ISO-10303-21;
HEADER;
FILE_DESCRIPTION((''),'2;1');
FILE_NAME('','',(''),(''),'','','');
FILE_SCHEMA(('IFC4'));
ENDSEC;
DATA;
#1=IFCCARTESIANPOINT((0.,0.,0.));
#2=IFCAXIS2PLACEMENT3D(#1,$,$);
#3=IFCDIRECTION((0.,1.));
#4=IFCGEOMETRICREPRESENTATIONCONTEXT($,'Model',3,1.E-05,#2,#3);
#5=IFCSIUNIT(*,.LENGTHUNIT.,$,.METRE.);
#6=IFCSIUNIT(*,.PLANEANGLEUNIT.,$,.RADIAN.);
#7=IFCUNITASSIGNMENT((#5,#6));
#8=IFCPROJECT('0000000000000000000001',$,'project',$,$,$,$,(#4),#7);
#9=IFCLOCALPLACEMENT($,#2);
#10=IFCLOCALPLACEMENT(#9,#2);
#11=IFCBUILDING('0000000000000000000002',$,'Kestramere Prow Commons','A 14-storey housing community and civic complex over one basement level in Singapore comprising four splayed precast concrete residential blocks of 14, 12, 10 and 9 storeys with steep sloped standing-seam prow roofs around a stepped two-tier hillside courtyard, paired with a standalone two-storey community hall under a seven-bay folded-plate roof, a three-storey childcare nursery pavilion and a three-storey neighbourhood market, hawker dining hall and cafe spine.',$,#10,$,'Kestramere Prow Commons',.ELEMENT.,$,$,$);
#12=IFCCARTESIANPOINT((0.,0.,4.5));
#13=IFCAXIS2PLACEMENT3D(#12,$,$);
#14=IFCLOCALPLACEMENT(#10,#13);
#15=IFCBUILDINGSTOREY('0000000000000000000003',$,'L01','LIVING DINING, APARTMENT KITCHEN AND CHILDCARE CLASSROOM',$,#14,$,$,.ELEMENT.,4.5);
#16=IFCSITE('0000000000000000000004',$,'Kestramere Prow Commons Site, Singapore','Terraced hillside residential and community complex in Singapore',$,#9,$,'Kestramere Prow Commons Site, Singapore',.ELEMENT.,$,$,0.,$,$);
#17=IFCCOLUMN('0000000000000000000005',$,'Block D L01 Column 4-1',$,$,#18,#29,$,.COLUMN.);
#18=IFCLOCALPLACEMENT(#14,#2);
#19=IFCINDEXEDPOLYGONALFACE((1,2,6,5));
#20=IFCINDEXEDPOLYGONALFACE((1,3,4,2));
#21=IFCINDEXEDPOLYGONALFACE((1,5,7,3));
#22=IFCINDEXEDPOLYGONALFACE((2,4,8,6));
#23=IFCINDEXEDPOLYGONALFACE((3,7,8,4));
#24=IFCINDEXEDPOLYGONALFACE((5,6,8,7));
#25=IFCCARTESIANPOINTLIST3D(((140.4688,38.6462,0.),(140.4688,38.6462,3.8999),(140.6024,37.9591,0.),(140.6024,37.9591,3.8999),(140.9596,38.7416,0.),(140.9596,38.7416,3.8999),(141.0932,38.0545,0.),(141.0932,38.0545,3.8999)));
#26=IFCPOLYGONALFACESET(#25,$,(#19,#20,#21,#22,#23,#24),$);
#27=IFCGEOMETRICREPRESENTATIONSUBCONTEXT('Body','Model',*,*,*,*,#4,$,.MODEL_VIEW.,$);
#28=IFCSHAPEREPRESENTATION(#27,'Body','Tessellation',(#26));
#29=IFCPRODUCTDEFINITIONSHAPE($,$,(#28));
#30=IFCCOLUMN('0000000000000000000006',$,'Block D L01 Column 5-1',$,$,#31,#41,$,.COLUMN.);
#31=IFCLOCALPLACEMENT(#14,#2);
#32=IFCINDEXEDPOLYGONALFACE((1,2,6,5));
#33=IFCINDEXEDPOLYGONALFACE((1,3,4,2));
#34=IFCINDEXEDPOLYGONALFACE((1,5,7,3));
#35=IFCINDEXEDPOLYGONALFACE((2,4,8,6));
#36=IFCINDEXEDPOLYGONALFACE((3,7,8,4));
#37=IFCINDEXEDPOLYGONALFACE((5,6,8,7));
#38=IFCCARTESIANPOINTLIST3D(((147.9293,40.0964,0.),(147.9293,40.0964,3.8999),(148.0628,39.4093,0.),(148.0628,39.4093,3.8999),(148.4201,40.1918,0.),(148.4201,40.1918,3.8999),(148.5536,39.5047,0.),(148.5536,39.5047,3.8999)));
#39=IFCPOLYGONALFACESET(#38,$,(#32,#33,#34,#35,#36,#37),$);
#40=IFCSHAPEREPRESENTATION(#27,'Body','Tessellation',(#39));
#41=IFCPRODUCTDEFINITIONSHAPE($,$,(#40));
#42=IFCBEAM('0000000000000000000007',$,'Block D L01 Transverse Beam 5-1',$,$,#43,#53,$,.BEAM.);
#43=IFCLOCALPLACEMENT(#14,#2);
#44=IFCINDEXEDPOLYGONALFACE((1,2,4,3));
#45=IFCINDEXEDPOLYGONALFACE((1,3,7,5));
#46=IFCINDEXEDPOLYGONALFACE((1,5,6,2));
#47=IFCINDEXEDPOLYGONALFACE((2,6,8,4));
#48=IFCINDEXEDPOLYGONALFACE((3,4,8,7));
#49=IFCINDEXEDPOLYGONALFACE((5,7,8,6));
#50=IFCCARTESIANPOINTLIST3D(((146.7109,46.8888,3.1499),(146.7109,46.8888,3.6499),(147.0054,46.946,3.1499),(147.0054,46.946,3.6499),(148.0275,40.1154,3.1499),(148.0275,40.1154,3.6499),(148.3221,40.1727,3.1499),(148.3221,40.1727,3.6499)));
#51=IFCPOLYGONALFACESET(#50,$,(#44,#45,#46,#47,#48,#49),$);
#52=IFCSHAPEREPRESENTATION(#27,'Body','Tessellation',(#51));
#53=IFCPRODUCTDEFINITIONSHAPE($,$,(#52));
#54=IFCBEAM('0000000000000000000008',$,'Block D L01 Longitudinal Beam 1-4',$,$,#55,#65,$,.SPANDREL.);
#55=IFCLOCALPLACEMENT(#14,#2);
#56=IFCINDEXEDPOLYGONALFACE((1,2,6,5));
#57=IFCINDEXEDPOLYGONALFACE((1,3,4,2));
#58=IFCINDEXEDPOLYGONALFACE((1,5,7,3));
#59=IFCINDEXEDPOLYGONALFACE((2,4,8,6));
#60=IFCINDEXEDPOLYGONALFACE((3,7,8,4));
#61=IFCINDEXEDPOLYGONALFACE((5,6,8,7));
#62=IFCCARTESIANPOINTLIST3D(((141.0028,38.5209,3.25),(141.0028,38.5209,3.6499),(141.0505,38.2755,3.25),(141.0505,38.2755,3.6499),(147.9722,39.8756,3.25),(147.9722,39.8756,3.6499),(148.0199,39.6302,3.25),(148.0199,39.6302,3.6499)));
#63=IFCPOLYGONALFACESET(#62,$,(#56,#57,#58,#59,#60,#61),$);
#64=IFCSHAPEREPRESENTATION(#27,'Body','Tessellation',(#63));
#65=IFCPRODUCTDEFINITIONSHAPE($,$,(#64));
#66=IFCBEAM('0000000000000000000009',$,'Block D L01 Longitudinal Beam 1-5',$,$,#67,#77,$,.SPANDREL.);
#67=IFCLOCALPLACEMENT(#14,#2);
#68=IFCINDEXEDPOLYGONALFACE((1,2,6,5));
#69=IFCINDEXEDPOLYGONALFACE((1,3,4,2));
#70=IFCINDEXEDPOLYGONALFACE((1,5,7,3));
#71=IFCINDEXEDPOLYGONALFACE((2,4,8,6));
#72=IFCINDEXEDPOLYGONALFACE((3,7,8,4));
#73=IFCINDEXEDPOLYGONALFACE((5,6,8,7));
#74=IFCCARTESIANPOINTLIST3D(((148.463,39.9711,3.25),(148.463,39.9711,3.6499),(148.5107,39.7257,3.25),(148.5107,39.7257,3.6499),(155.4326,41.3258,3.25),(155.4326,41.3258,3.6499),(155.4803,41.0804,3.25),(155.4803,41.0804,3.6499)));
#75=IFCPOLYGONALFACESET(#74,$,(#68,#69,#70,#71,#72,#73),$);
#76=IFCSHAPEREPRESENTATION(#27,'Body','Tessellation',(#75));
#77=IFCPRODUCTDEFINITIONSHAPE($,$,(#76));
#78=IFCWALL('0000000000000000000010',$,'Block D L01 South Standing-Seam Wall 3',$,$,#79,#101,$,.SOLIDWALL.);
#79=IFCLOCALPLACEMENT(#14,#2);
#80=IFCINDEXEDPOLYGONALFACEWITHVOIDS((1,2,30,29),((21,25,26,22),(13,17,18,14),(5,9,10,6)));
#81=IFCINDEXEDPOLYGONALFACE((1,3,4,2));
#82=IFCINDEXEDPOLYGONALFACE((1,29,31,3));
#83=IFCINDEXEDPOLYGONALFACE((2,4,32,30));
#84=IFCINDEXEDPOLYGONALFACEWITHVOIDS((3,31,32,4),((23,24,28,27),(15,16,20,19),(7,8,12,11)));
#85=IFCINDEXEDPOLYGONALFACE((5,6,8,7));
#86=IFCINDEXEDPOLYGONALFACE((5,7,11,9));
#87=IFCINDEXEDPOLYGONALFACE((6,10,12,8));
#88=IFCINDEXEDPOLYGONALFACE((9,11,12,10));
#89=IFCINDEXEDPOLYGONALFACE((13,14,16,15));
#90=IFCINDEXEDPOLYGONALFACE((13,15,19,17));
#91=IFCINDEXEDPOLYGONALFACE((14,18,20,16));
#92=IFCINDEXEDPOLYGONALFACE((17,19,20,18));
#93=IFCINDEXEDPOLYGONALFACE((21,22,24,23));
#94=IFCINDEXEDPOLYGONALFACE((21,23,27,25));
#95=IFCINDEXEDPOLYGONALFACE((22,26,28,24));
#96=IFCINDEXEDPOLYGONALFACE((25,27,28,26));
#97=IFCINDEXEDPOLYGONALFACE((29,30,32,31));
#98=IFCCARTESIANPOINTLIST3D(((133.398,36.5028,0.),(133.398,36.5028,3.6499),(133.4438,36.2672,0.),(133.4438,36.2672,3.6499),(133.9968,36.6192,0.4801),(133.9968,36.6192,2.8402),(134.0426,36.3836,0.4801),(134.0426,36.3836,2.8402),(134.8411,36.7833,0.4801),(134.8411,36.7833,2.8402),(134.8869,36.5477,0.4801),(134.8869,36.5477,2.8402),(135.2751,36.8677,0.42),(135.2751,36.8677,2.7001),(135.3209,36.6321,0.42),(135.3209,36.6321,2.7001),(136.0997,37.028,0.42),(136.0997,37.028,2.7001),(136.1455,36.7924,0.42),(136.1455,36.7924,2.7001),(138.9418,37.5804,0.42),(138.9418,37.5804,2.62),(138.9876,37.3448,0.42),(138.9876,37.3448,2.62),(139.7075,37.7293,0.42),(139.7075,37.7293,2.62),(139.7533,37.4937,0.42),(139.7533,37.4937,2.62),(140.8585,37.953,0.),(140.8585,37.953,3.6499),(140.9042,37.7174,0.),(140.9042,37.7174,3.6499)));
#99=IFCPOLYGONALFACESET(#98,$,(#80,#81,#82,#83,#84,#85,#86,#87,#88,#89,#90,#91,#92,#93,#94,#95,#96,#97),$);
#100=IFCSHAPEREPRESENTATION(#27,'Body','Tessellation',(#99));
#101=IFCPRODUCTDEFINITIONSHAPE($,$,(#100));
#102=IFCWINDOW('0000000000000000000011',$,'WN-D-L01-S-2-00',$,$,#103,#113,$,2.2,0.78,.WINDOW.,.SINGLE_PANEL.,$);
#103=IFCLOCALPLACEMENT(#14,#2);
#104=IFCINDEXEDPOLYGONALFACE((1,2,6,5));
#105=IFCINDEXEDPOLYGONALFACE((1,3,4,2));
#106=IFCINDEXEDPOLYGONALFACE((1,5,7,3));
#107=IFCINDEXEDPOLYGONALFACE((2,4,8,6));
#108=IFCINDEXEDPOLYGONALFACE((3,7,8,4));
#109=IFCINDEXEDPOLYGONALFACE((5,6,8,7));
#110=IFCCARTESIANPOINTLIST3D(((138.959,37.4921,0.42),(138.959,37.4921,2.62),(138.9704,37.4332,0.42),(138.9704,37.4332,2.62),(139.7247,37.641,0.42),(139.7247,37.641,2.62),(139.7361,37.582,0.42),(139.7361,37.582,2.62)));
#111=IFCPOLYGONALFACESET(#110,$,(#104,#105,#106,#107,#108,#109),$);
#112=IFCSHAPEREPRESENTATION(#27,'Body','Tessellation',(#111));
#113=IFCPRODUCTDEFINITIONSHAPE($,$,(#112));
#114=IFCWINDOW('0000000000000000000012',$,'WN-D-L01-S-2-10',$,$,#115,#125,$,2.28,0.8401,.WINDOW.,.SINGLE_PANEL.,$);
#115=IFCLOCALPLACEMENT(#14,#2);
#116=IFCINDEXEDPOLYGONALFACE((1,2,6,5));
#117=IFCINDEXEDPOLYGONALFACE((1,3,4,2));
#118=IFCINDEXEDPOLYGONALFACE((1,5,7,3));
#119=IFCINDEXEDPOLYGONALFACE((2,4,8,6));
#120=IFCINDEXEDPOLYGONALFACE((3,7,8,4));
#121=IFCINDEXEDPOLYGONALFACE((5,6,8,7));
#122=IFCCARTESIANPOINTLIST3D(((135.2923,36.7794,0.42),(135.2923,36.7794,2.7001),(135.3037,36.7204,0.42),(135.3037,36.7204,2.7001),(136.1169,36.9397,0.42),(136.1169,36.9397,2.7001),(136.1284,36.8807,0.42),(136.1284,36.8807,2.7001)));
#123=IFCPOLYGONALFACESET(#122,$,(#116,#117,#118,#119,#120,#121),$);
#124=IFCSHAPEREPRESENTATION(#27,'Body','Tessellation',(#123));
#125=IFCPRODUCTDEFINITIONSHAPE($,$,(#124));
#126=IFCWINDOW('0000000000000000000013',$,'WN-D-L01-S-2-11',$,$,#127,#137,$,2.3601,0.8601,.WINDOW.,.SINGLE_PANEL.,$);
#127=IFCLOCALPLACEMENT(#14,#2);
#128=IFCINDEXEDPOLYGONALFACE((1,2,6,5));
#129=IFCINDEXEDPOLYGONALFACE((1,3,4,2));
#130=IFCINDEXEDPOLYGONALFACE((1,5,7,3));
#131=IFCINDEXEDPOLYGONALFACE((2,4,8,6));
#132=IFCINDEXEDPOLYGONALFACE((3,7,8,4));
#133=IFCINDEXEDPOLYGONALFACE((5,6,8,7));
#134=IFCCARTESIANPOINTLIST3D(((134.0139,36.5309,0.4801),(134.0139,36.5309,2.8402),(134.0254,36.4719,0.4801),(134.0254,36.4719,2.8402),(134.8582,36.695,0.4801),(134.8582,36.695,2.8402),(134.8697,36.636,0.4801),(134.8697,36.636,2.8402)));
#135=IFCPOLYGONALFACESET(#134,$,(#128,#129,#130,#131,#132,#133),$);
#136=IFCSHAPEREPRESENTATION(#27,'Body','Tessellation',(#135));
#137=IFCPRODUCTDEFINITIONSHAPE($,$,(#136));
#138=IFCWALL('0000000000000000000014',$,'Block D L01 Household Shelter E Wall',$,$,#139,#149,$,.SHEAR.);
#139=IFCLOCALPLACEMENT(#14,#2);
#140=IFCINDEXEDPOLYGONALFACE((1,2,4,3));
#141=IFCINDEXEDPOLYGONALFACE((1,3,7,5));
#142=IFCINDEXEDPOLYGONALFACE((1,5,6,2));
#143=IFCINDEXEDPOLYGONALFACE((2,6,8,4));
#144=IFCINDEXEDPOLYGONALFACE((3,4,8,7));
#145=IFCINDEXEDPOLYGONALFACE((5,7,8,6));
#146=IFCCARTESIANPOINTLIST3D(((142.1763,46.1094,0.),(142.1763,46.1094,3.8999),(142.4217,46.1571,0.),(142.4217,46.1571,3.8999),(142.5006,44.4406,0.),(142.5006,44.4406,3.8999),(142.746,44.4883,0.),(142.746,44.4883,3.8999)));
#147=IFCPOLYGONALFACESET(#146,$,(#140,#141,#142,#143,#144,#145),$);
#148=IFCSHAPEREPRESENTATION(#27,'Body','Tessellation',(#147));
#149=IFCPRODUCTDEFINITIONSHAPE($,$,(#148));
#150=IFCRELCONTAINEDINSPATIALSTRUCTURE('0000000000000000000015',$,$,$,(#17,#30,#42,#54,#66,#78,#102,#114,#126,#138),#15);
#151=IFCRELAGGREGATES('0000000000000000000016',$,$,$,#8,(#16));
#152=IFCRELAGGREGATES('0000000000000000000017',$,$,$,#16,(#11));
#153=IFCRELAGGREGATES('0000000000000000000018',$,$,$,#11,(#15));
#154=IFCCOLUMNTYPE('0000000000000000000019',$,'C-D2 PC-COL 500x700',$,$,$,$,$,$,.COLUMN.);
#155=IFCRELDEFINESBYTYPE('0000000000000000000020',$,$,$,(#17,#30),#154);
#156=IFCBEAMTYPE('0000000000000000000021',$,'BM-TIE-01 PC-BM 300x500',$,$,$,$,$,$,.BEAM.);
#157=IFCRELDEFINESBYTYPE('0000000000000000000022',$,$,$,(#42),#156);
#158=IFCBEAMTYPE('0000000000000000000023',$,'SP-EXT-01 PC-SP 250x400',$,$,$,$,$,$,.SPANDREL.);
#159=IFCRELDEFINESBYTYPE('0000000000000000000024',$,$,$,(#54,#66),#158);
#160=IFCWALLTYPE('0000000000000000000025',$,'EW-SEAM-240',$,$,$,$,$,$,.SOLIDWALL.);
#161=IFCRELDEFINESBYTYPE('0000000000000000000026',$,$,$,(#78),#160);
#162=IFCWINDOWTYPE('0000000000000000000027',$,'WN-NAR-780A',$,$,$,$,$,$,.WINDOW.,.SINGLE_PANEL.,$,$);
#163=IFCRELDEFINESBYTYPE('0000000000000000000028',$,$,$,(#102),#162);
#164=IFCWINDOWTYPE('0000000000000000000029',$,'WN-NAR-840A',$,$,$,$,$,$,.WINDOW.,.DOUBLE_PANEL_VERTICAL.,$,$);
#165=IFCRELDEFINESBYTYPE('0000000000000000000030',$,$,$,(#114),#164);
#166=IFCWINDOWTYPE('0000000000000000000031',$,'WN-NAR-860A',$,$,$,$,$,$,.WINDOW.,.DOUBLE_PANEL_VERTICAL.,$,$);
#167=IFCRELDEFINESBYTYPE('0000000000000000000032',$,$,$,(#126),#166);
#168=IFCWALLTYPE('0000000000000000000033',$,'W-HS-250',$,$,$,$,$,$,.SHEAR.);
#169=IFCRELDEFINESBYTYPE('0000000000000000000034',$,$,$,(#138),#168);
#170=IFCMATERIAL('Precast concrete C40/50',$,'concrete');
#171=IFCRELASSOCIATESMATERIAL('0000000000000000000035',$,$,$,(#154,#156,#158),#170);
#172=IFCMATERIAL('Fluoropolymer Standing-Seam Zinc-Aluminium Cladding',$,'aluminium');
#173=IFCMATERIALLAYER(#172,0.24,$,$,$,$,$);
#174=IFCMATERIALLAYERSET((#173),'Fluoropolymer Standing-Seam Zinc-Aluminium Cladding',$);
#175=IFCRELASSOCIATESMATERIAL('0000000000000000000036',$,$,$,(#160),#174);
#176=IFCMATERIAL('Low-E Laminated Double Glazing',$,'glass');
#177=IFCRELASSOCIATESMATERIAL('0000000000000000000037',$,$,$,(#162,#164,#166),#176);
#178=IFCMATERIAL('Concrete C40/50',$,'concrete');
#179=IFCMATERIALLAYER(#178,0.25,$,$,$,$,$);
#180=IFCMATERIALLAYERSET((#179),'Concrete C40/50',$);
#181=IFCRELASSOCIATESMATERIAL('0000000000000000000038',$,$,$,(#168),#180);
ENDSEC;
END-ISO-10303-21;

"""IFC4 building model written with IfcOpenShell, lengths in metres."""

from ifc_helpers import new_model, si_unit, direction, frame, frame_2d, origin, origin_2d, place, context, subcontext, project, spatial, rectangle, extrude, material, layer, layer_set, material_profile, profile_set, type_object, element, fill, save


model = new_model("IFC4")

# Units and contexts
model_context = context("Model", 3, precision=1e-05, world=origin(), true_north=direction((0.0, 1.0)))
body_context = subcontext(model_context, "Body", "Model", "MODEL_VIEW")
ifc_project = project(units=[si_unit("LENGTHUNIT", "METRE"), si_unit("PLANEANGLEUNIT", "RADIAN")], contexts=[model_context])

# Site, building, storey
site_placement = place(None, origin())
site = spatial("IfcSite", under=ifc_project, at=site_placement, Name="Kestramere Prow Commons Site, Singapore", Description="Terraced hillside residential and community complex in Singapore", LongName="Kestramere Prow Commons Site, Singapore", CompositionType="ELEMENT", RefElevation=0.0)
building_placement = place(site_placement, origin())
building = spatial("IfcBuilding", under=site, at=building_placement, Name="Kestramere Prow Commons", Description="A 14-storey housing community and civic complex over one basement level in Singapore comprising four splayed precast concrete residential blocks of 14, 12, 10 and 9 storeys with steep sloped standing-seam prow roofs around a stepped two-tier hillside courtyard, paired with a standalone two-storey community hall under a seven-bay folded-plate roof, a three-storey childcare nursery pavilion and a three-storey neighbourhood market, hawker dining hall and cafe spine.", LongName="Kestramere Prow Commons", CompositionType="ELEMENT")
storey_placement = place(building_placement, frame((0.0, 0.0, 4.5)))
storey = spatial("IfcBuildingStorey", under=building, at=storey_placement, Name="L01", Description="LIVING DINING, APARTMENT KITCHEN AND CHILDCARE CLASSROOM", CompositionType="ELEMENT", Elevation=4.5)

# Columns
ifc_material_1 = material(Name="Precast concrete C40/50", Category="concrete")
ifc_material_profile_1 = material_profile(ifc_material_1, rectangle(XDim=0.5, YDim=0.7, at=origin_2d()), Name="PC-COL 500x700")
ifc_profile_set_1 = profile_set([ifc_material_profile_1], Name="Precast concrete C40/50")
column_type = type_object("IfcColumnType", Name="C-D2 PC-COL 500x700", PredefinedType="COLUMN", material=ifc_profile_set_1)
for number, where, z_axis, x_axis, name in (
    (1, (140.781, 38.3503, 0.0), (0.0, 0.0, 1.0), (0.981627, 0.190809, 0.0), "Block D L01 Column 4-1"),
    (2, (148.2415, 39.8005, 0.0), (0.0, 0.0, 1.0), (0.981627, 0.190809, 0.0), "Block D L01 Column 5-1"),
):
    element("IfcColumn", number, at=place(storey_placement, frame(where, z_axis=z_axis, x_axis=x_axis)), inside=storey, type_object=column_type, Name=name, PredefinedType="COLUMN", context=body_context, shape_type="SweptSolid", body=[
        extrude(rectangle(XDim=0.5, YDim=0.7, at=origin_2d()), origin(), (0.0, 0.0, 1.0), 3.8999),
    ])

# Beams
ifc_material_profile_2 = material_profile(ifc_material_1, rectangle(XDim=0.3, YDim=0.5, at=origin_2d()), Name="PC-BM 300x500")
ifc_profile_set_2 = profile_set([ifc_material_profile_2], Name="Precast concrete C40/50")
beam_type_1 = type_object("IfcBeamType", Name="BM-TIE-01 PC-BM 300x500", PredefinedType="BEAM", material=ifc_profile_set_2)
beam_1_placement = place(storey_placement, frame((148.1748, 40.144, 3.3999), z_axis=(-0.190813, 0.981626, 0.0), x_axis=(-0.981626, -0.190813, 0.0)))
element("IfcBeam", 3, at=beam_1_placement, inside=storey, type_object=beam_type_1, Name="Block D L01 Transverse Beam 5-1", PredefinedType="BEAM", context=body_context, shape_type="SweptSolid", body=[
    extrude(rectangle(XDim=0.3, YDim=0.5, at=origin_2d()), origin(), (0.0, 0.0, 1.0), 6.9001),
])
ifc_material_profile_3 = material_profile(ifc_material_1, rectangle(XDim=0.25, YDim=0.3999, at=origin_2d()), Name="PC-SP 250x400")
ifc_profile_set_3 = profile_set([ifc_material_profile_3], Name="Precast concrete C40/50")
beam_type_2 = type_object("IfcBeamType", Name="SP-EXT-01 PC-SP 250x400", PredefinedType="SPANDREL", material=ifc_profile_set_3)
beam_2_placement = place(storey_placement, frame((141.0266, 38.3982, 3.45), z_axis=(0.981627, 0.19081, 0.0), x_axis=(-0.19081, 0.981627, 0.0)))
element("IfcBeam", 4, at=beam_2_placement, inside=storey, type_object=beam_type_2, Name="Block D L01 Longitudinal Beam 1-4", PredefinedType="SPANDREL", context=body_context, shape_type="SweptSolid", body=[
    extrude(rectangle(XDim=0.25, YDim=0.3999, at=origin_2d()), origin(), (0.0, 0.0, 1.0), 7.0999),
])
beam_3_placement = place(storey_placement, frame((148.4868, 39.8484, 3.45), z_axis=(0.981628, 0.190803, 0.0), x_axis=(-0.190803, 0.981628, 0.0)))
element("IfcBeam", 5, at=beam_3_placement, inside=storey, type_object=beam_type_2, Name="Block D L01 Longitudinal Beam 1-5", PredefinedType="SPANDREL", context=body_context, shape_type="SweptSolid", body=[
    extrude(rectangle(XDim=0.25, YDim=0.3999, at=origin_2d()), origin(), (0.0, 0.0, 1.0), 7.1001),
])

# Wall, openings, windows
ifc_material_2 = material(Name="Fluoropolymer Standing-Seam Zinc-Aluminium Cladding", Category="aluminium")
ifc_layer_1 = layer(ifc_material_2, 0.24)
ifc_layer_set_1 = layer_set([ifc_layer_1], Name="Fluoropolymer Standing-Seam Zinc-Aluminium Cladding")
wall_type_1 = type_object("IfcWallType", Name="EW-SEAM-240", PredefinedType="SOLIDWALL", material=ifc_layer_set_1)
wall_1_placement = place(storey_placement, frame((140.8813, 37.8352, 0.0), z_axis=(0.0, 0.0, 1.0), x_axis=(-0.981626, -0.190813, 0.0)))
wall_1 = element("IfcWall", 6, at=wall_1_placement, inside=storey, type_object=wall_type_1, Name="Block D L01 South Standing-Seam Wall 3", PredefinedType="SOLIDWALL", context=body_context, shape_type="SweptSolid", body=[
    extrude(rectangle(XDim=7.6001, YDim=0.24, at=frame_2d((3.8, 0.0))), origin(), (0.0, 0.0, 1.0), 3.6499),
])
opening_1_placement = place(wall_1_placement, frame((1.1724, 0.0, 0.4199)))
opening_1 = element("IfcOpeningElement", 7, at=opening_1_placement, cuts=wall_1, PredefinedType="OPENING", context=body_context, shape_type="SweptSolid", body=[
    extrude(rectangle(XDim=0.78, YDim=2.2, at=frame_2d((0.3901, 1.1001))), frame((0.0, 0.135, 0.0), z_axis=(0.0, -1.0, 0.0), x_axis=(1.0, 0.0, 0.0)), (0.0, 0.0, 1.0), 0.27),
])
opening_2_placement = place(wall_1_placement, frame((4.8479, 0.0, 0.4199)))
opening_2 = element("IfcOpeningElement", 8, at=opening_2_placement, cuts=wall_1, PredefinedType="OPENING", context=body_context, shape_type="SweptSolid", body=[
    extrude(rectangle(XDim=0.8401, YDim=2.28, at=frame_2d((0.4199, 1.1401))), frame((0.0, 0.135, 0.0), z_axis=(0.0, -1.0, 0.0), x_axis=(1.0, 0.0, 0.0)), (0.0, 0.0, 1.0), 0.27),
])
opening_3_placement = place(wall_1_placement, frame((6.1299, 0.0, 0.48)))
opening_3 = element("IfcOpeningElement", 9, at=opening_3_placement, cuts=wall_1, PredefinedType="OPENING", context=body_context, shape_type="SweptSolid", body=[
    extrude(rectangle(XDim=0.8601, YDim=2.3601, at=frame_2d((0.4302, 1.1802))), frame((0.0, 0.135, 0.0), z_axis=(0.0, -1.0, 0.0), x_axis=(1.0, 0.0, 0.0)), (0.0, 0.0, 1.0), 0.27),
])
ifc_material_3 = material(Name="Low-E Laminated Double Glazing", Category="glass")
window_type_1 = type_object("IfcWindowType", Name="WN-NAR-780A", PartitioningType="SINGLE_PANEL", PredefinedType="WINDOW", material=ifc_material_3)
window_1_placement = place(opening_1_placement, origin())
window_1 = element("IfcWindow", 10, at=window_1_placement, inside=storey, type_object=window_type_1, Name="WN-D-L01-S-2-00", OverallHeight=2.2, OverallWidth=0.78, PartitioningType="SINGLE_PANEL", PredefinedType="WINDOW", context=body_context, shape_type="SweptSolid", body=[
    extrude(rectangle(XDim=0.78, YDim=2.2, at=frame_2d((0.3901, 1.1001))), frame((0.0, 0.03, 0.0), z_axis=(0.0, -1.0, 0.0), x_axis=(1.0, 0.0, 0.0)), (0.0, 0.0, 1.0), 0.0601),
])
fill(opening_1, window_1)
window_type_2 = type_object("IfcWindowType", Name="WN-NAR-840A", PartitioningType="DOUBLE_PANEL_VERTICAL", PredefinedType="WINDOW", material=ifc_material_3)
window_2_placement = place(opening_2_placement, origin())
window_2 = element("IfcWindow", 11, at=window_2_placement, inside=storey, type_object=window_type_2, Name="WN-D-L01-S-2-10", OverallHeight=2.28, OverallWidth=0.8401, PartitioningType="SINGLE_PANEL", PredefinedType="WINDOW", context=body_context, shape_type="SweptSolid", body=[
    extrude(rectangle(XDim=0.8401, YDim=2.28, at=frame_2d((0.4199, 1.1401))), frame((0.0, 0.03, 0.0), z_axis=(0.0, -1.0, 0.0), x_axis=(1.0, 0.0, 0.0)), (0.0, 0.0, 1.0), 0.0601),
])
fill(opening_2, window_2)
window_type_3 = type_object("IfcWindowType", Name="WN-NAR-860A", PartitioningType="DOUBLE_PANEL_VERTICAL", PredefinedType="WINDOW", material=ifc_material_3)
window_3_placement = place(opening_3_placement, origin())
window_3 = element("IfcWindow", 12, at=window_3_placement, inside=storey, type_object=window_type_3, Name="WN-D-L01-S-2-11", OverallHeight=2.3601, OverallWidth=0.8601, PartitioningType="SINGLE_PANEL", PredefinedType="WINDOW", context=body_context, shape_type="SweptSolid", body=[
    extrude(rectangle(XDim=0.8601, YDim=2.3601, at=frame_2d((0.4302, 1.1802))), frame((0.0, 0.03, 0.0), z_axis=(0.0, -1.0, 0.0), x_axis=(1.0, 0.0, 0.0)), (0.0, 0.0, 1.0), 0.0601),
])
fill(opening_3, window_3)

# Wall
ifc_material_4 = material(Name="Concrete C40/50", Category="concrete")
ifc_layer_2 = layer(ifc_material_4, 0.25)
ifc_layer_set_2 = layer_set([ifc_layer_2], Name="Concrete C40/50")
wall_type_2 = type_object("IfcWallType", Name="W-HS-250", PredefinedType="SHEAR", material=ifc_layer_set_2)
wall_2_placement = place(storey_placement, frame((142.6233, 44.4644, 0.0), z_axis=(0.0, 0.0, 1.0), x_axis=(-0.190727, 0.981643, 0.0)))
element("IfcWall", 13, at=wall_2_placement, inside=storey, type_object=wall_type_2, Name="Block D L01 Household Shelter E Wall", PredefinedType="SHEAR", context=body_context, shape_type="SweptSolid", body=[
    extrude(rectangle(XDim=1.7, YDim=0.25, at=frame_2d((0.8501, 0.0))), origin(), (0.0, 0.0, 1.0), 3.8999),
])

save(model, "model.ifc")
